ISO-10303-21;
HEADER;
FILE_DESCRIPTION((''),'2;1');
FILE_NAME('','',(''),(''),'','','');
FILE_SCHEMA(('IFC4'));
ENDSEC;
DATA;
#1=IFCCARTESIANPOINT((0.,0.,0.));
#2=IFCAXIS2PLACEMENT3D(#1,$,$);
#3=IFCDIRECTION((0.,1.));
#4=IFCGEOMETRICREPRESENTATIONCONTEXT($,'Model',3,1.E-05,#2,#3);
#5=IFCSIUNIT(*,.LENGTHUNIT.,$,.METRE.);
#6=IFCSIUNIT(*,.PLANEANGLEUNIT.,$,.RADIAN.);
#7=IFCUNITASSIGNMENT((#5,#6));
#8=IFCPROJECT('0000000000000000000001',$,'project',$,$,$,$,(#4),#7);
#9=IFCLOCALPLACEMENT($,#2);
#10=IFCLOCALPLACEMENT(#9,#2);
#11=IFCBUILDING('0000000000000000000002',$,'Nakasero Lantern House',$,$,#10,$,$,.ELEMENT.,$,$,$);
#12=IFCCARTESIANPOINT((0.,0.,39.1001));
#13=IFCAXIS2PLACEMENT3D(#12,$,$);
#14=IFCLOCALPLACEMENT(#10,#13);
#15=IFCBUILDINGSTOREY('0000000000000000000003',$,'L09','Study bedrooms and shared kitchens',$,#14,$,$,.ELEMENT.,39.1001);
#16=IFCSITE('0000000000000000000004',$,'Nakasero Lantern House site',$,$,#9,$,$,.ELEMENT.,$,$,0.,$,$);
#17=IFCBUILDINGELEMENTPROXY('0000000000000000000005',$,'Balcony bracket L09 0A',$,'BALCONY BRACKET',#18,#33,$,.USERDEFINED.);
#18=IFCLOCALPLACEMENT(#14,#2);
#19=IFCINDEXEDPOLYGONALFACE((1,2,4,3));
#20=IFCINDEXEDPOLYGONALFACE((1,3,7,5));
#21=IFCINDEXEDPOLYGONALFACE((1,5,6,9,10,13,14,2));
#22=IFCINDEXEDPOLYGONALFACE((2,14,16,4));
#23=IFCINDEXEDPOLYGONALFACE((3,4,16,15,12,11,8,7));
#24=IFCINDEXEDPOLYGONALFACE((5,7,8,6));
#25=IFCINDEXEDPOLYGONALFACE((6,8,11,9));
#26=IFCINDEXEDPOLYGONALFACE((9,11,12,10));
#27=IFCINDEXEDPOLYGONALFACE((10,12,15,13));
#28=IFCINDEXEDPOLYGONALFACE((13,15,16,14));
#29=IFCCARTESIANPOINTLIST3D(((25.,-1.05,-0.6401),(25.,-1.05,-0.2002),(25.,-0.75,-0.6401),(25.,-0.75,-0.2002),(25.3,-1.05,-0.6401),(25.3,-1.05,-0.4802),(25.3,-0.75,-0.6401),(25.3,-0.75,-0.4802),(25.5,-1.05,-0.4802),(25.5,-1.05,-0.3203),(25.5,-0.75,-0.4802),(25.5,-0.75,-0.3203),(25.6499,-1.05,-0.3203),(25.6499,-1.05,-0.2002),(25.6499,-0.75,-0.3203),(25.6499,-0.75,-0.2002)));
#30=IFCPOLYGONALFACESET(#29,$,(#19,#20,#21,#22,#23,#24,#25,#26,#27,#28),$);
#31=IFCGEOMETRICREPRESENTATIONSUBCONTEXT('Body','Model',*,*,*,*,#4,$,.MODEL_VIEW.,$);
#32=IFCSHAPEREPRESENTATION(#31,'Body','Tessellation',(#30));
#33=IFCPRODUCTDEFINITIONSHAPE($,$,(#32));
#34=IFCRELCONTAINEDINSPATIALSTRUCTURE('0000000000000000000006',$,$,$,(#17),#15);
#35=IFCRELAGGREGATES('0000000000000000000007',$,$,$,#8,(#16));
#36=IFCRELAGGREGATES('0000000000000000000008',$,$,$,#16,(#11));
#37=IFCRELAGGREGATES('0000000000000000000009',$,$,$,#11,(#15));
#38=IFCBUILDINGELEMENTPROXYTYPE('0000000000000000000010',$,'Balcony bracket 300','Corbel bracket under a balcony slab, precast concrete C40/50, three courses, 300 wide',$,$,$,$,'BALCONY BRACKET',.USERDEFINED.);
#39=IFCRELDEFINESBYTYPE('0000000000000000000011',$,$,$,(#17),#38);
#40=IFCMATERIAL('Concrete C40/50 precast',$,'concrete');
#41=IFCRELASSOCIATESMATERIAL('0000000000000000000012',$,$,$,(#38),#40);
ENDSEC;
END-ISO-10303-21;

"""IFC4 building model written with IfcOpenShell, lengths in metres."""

from ifc_helpers import new_model, si_unit, direction, frame, origin, place, context, subcontext, project, spatial, polyline, outline, extrude, material, type_object, element, save


model = new_model("IFC4")

# Units and contexts
model_context = context("Model", 3, precision=1e-05, world=origin(), true_north=direction((0.0, 1.0)))
body_context = subcontext(model_context, "Body", "Model", "MODEL_VIEW")
ifc_project = project(units=[si_unit("LENGTHUNIT", "METRE"), si_unit("PLANEANGLEUNIT", "RADIAN")], contexts=[model_context])

# Site, building, storey
site_placement = place(None, origin())
site = spatial("IfcSite", under=ifc_project, at=site_placement, Name="Nakasero Lantern House site", CompositionType="ELEMENT", RefElevation=0.0)
building_placement = place(site_placement, origin())
building = spatial("IfcBuilding", under=site, at=building_placement, Name="Nakasero Lantern House", CompositionType="ELEMENT")
storey_placement = place(building_placement, frame((0.0, 0.0, 39.1001)))
storey = spatial("IfcBuildingStorey", under=building, at=storey_placement, Name="L09", Description="Study bedrooms and shared kitchens", CompositionType="ELEMENT", Elevation=39.1001)

# Building element proxy
ifc_material_1 = material(Name="Concrete C40/50 precast", Category="concrete")
building_element_proxy_type = type_object("IfcBuildingElementProxyType", Name="Balcony bracket 300", Description="Corbel bracket under a balcony slab, precast concrete C40/50, three courses, 300 wide", ElementType="BALCONY BRACKET", PredefinedType="USERDEFINED", material=ifc_material_1)
proxy_placement = place(storey_placement, frame((25.0, -0.8999, -0.2002), z_axis=(0.0, 0.0, 1.0), x_axis=(1.0, 0.0, 0.0)))
element("IfcBuildingElementProxy", 1, at=proxy_placement, inside=storey, type_object=building_element_proxy_type, Name="Balcony bracket L09 0A", ObjectType="BALCONY BRACKET", PredefinedType="USERDEFINED", context=body_context, shape_type="SweptSolid", body=[
    extrude(outline(polyline([(0.0, 0.0), (0.6499, 0.0), (0.6499, -0.1201), (0.5, -0.1201), (0.5, -0.28), (0.3, -0.28), (0.3, -0.4399), (0.0, -0.4399), (0.0, 0.0)])), frame((0.0, 0.1499, 0.0), z_axis=(0.0, -1.0, 0.0), x_axis=(1.0, 0.0, 0.0)), (0.0, 0.0, 1.0), 0.3),
])

save(model, "model.ifc")
